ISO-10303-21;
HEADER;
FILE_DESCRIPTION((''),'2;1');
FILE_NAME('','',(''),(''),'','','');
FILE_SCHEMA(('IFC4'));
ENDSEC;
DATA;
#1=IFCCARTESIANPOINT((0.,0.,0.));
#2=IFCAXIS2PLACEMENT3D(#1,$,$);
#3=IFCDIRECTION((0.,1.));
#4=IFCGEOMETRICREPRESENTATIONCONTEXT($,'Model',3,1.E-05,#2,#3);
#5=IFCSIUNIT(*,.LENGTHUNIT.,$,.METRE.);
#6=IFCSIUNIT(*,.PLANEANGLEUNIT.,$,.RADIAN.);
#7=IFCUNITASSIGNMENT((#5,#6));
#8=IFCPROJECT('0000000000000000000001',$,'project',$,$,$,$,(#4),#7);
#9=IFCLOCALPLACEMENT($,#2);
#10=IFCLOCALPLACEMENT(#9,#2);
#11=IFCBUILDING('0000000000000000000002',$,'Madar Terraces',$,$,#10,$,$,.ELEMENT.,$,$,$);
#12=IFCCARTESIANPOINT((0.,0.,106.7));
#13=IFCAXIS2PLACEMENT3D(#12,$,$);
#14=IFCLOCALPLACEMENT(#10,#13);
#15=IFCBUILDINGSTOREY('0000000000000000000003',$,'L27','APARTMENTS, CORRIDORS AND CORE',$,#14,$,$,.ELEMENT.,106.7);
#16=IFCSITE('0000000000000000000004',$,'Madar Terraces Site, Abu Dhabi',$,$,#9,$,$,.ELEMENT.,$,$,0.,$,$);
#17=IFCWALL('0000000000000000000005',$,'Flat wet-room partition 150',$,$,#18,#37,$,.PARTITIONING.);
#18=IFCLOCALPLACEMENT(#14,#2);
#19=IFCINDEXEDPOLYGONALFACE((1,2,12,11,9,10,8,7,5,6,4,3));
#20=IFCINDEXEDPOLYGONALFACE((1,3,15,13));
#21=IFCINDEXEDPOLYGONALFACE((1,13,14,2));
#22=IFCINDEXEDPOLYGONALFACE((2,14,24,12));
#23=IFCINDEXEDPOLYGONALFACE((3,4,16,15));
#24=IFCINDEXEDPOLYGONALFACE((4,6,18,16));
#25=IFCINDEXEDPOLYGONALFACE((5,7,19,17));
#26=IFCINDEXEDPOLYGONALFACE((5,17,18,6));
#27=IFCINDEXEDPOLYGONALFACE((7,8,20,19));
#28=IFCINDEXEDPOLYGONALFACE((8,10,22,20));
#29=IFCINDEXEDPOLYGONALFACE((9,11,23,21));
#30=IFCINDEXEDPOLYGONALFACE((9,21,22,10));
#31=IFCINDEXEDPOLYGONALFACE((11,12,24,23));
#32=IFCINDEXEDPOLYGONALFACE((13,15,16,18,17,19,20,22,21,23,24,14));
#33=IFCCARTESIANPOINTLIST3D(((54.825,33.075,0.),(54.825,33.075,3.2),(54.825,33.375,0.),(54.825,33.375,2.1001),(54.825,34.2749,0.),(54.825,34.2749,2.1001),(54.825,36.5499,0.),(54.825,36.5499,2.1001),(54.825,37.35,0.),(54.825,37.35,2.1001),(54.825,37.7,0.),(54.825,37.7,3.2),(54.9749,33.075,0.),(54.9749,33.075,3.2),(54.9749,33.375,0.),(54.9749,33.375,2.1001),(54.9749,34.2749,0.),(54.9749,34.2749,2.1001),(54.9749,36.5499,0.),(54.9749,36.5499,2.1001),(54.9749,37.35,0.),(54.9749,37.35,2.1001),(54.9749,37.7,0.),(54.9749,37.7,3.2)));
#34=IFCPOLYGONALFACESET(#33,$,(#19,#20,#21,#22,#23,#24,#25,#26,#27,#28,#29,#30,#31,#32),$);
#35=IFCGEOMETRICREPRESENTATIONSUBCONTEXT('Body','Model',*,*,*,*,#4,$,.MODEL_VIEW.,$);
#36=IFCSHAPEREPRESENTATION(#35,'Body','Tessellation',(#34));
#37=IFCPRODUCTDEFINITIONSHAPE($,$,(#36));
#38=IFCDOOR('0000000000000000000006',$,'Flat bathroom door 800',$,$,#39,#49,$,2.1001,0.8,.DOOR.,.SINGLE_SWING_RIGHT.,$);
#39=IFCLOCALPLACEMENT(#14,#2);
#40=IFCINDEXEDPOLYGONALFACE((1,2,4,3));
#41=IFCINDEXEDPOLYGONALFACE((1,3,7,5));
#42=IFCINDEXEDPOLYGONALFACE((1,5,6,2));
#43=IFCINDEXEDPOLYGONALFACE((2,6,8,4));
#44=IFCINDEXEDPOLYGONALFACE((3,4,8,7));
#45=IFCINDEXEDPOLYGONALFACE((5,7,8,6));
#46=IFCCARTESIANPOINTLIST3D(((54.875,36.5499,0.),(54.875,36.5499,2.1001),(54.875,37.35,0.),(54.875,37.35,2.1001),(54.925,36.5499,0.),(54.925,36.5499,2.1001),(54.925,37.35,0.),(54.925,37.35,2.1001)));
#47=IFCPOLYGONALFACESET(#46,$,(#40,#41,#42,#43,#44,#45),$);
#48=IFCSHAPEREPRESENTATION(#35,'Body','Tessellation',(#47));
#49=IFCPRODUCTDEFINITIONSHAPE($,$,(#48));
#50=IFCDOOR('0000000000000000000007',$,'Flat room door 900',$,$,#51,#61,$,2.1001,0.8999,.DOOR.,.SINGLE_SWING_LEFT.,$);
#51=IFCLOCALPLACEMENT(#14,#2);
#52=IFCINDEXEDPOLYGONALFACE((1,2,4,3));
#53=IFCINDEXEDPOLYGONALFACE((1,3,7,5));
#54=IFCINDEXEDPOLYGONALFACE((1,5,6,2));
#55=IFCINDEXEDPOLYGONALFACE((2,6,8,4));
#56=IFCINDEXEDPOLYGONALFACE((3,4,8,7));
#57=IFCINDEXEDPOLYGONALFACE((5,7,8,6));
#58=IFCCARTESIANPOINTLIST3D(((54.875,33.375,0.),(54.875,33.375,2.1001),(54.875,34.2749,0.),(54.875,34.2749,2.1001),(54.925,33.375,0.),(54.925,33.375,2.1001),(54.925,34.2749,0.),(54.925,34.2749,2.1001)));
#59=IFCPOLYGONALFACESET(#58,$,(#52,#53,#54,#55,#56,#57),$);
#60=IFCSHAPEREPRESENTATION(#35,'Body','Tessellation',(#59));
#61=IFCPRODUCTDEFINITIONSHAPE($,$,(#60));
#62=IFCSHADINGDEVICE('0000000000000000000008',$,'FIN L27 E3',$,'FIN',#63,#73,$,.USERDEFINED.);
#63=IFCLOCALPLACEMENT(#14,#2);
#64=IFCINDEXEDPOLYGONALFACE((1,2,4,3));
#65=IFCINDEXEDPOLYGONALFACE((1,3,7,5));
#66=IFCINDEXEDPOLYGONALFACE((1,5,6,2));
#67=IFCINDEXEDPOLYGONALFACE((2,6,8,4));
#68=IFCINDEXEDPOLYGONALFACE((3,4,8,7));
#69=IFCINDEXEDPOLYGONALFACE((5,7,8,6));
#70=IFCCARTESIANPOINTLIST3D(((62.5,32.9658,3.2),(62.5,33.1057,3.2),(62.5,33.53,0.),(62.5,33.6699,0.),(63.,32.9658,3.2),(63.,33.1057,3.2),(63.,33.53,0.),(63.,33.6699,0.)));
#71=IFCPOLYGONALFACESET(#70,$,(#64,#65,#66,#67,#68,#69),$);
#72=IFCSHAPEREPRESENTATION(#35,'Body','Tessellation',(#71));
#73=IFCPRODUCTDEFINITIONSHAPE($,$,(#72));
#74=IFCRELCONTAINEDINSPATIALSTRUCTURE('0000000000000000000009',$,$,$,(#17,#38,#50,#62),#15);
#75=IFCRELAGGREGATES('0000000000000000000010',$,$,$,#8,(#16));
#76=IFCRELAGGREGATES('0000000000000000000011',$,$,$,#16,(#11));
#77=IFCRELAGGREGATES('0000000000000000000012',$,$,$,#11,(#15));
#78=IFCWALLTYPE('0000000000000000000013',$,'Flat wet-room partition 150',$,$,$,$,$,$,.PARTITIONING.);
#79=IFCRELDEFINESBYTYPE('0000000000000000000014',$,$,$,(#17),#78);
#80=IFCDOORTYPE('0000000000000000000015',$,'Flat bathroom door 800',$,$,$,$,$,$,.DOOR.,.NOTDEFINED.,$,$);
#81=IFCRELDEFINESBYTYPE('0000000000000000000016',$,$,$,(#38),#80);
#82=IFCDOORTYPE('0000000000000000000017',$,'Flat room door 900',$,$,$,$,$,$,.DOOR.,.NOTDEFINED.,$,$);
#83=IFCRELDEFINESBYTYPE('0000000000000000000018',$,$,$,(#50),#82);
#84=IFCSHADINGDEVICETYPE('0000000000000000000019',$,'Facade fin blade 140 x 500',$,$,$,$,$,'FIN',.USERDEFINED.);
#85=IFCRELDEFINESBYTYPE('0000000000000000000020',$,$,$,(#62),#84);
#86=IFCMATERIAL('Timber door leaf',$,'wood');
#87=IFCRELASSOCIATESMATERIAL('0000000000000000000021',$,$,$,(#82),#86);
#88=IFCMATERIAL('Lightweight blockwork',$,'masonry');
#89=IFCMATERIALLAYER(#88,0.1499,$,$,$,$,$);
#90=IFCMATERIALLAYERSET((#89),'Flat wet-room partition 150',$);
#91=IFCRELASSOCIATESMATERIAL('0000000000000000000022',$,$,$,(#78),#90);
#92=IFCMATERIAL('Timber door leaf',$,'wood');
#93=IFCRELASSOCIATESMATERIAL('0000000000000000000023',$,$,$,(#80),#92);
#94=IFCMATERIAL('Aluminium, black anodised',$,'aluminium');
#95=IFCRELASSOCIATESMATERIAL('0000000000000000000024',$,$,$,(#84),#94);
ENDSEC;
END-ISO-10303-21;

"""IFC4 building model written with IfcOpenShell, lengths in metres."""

from ifc_helpers import new_model, si_unit, direction, frame, frame_2d, origin, place, context, subcontext, project, spatial, polyline, rectangle, outline, extrude, material, layer, layer_set, type_object, element, fill, save


model = new_model("IFC4")

# Units and contexts
model_context = context("Model", 3, precision=1e-05, world=origin(), true_north=direction((0.0, 1.0)))
body_context = subcontext(model_context, "Body", "Model", "MODEL_VIEW")
ifc_project = project(units=[si_unit("LENGTHUNIT", "METRE"), si_unit("PLANEANGLEUNIT", "RADIAN")], contexts=[model_context])

# Site, building, storey
site_placement = place(None, origin())
site = spatial("IfcSite", under=ifc_project, at=site_placement, Name="Madar Terraces Site, Abu Dhabi", CompositionType="ELEMENT", RefElevation=0.0)
building_placement = place(site_placement, origin())
building = spatial("IfcBuilding", under=site, at=building_placement, Name="Madar Terraces", CompositionType="ELEMENT")
storey_placement = place(building_placement, frame((0.0, 0.0, 106.7)))
storey = spatial("IfcBuildingStorey", under=building, at=storey_placement, Name="L27", Description="APARTMENTS, CORRIDORS AND CORE", CompositionType="ELEMENT", Elevation=106.7)

# Shared definitions
ifc_material_1 = material(Name="Timber door leaf", Category="wood")
door_type_1 = type_object("IfcDoorType", Name="Flat room door 900", OperationType="NOTDEFINED", PredefinedType="DOOR", material=ifc_material_1)

# Shared definitions
ifc_material_2 = material(Name="Lightweight blockwork", Category="masonry")
ifc_layer_1 = layer(ifc_material_2, 0.1499)
ifc_layer_set_1 = layer_set([ifc_layer_1], Name="Flat wet-room partition 150")
wall_type_1 = type_object("IfcWallType", Name="Flat wet-room partition 150", PredefinedType="PARTITIONING", material=ifc_layer_set_1)

# Wall, openings, doors
wall_1_placement = place(storey_placement, frame((54.8999, 33.075, 0.0), z_axis=(0.0, 0.0, 1.0), x_axis=(0.0, 1.0, 0.0)))
wall_1 = element("IfcWall", 1, at=wall_1_placement, inside=storey, type_object=wall_type_1, Name="Flat wet-room partition 150", PredefinedType="PARTITIONING", context=body_context, shape_type="SweptSolid", body=[
    extrude(rectangle(XDim=4.625, YDim=0.1499, at=frame_2d((2.3125, 0.0))), origin(), (0.0, 0.0, 1.0), 3.2),
])
opening_1_placement = place(wall_1_placement, frame((0.3, 0.0, 0.0)))
opening_1 = element("IfcOpeningElement", 2, at=opening_1_placement, cuts=wall_1, PredefinedType="OPENING", context=body_context, shape_type="SweptSolid", body=[
    extrude(rectangle(XDim=0.8999, YDim=2.1001, at=frame_2d((0.45, 1.05))), frame((0.0, 0.085, 0.0), z_axis=(0.0, -1.0, 0.0), x_axis=(1.0, 0.0, 0.0)), (0.0, 0.0, 1.0), 0.1699),
])
opening_2_placement = place(wall_1_placement, frame((3.4751, 0.0, 0.0)))
opening_2 = element("IfcOpeningElement", 3, at=opening_2_placement, cuts=wall_1, PredefinedType="OPENING", context=body_context, shape_type="SweptSolid", body=[
    extrude(rectangle(XDim=0.8, YDim=2.1001, at=frame_2d((0.3999, 1.05))), frame((0.0, 0.085, 0.0), z_axis=(0.0, -1.0, 0.0), x_axis=(1.0, 0.0, 0.0)), (0.0, 0.0, 1.0), 0.1699),
])
ifc_material_3 = material(Name="Timber door leaf", Category="wood")
door_type_2 = type_object("IfcDoorType", Name="Flat bathroom door 800", OperationType="NOTDEFINED", PredefinedType="DOOR", material=ifc_material_3)
door_1_placement = place(opening_2_placement, origin())
door_1 = element("IfcDoor", 4, at=door_1_placement, inside=storey, type_object=door_type_2, Name="Flat bathroom door 800", OperationType="SINGLE_SWING_RIGHT", OverallHeight=2.1001, OverallWidth=0.8, PredefinedType="DOOR", context=body_context, shape_type="SweptSolid", body=[
    extrude(rectangle(XDim=0.8, YDim=2.1001, at=frame_2d((0.3999, 1.05))), frame((0.0, 0.0249, 0.0), z_axis=(0.0, -1.0, 0.0), x_axis=(1.0, 0.0, 0.0)), (0.0, 0.0, 1.0), 0.05),
])
fill(opening_2, door_1)
door_2_placement = place(opening_1_placement, origin())
door_2 = element("IfcDoor", 5, at=door_2_placement, inside=storey, type_object=door_type_1, Name="Flat room door 900", OperationType="SINGLE_SWING_LEFT", OverallHeight=2.1001, OverallWidth=0.8999, PredefinedType="DOOR", context=body_context, shape_type="SweptSolid", body=[
    extrude(rectangle(XDim=0.8999, YDim=2.1001, at=frame_2d((0.45, 1.05))), frame((0.0, 0.0249, 0.0), z_axis=(0.0, -1.0, 0.0), x_axis=(1.0, 0.0, 0.0)), (0.0, 0.0, 1.0), 0.05),
])
fill(opening_1, door_2)

# Shading device
ifc_material_4 = material(Name="Aluminium, black anodised", Category="aluminium")
shading_device_type = type_object("IfcShadingDeviceType", Name="Facade fin blade 140 x 500", ElementType="FIN", PredefinedType="USERDEFINED", material=ifc_material_4)
shading_device_placement = place(storey_placement, frame((62.75, 33.53, 0.0), z_axis=(0.0, 0.0, 1.0), x_axis=(0.0, 1.0, 0.0)))
element("IfcShadingDevice", 6, at=shading_device_placement, inside=storey, type_object=shading_device_type, Name="FIN L27 E3", ObjectType="FIN", PredefinedType="USERDEFINED", context=body_context, shape_type="SweptSolid", body=[
    extrude(outline(polyline([(0.0, 0.0), (0.1399, 0.0), (-0.4243, 3.2), (-0.5642, 3.2), (0.0, 0.0)])), frame((0.0, 0.25, 0.0), z_axis=(0.0, -1.0, 0.0), x_axis=(1.0, 0.0, 0.0)), (0.0, 0.0, 1.0), 0.5),
])

save(model, "model.ifc")
